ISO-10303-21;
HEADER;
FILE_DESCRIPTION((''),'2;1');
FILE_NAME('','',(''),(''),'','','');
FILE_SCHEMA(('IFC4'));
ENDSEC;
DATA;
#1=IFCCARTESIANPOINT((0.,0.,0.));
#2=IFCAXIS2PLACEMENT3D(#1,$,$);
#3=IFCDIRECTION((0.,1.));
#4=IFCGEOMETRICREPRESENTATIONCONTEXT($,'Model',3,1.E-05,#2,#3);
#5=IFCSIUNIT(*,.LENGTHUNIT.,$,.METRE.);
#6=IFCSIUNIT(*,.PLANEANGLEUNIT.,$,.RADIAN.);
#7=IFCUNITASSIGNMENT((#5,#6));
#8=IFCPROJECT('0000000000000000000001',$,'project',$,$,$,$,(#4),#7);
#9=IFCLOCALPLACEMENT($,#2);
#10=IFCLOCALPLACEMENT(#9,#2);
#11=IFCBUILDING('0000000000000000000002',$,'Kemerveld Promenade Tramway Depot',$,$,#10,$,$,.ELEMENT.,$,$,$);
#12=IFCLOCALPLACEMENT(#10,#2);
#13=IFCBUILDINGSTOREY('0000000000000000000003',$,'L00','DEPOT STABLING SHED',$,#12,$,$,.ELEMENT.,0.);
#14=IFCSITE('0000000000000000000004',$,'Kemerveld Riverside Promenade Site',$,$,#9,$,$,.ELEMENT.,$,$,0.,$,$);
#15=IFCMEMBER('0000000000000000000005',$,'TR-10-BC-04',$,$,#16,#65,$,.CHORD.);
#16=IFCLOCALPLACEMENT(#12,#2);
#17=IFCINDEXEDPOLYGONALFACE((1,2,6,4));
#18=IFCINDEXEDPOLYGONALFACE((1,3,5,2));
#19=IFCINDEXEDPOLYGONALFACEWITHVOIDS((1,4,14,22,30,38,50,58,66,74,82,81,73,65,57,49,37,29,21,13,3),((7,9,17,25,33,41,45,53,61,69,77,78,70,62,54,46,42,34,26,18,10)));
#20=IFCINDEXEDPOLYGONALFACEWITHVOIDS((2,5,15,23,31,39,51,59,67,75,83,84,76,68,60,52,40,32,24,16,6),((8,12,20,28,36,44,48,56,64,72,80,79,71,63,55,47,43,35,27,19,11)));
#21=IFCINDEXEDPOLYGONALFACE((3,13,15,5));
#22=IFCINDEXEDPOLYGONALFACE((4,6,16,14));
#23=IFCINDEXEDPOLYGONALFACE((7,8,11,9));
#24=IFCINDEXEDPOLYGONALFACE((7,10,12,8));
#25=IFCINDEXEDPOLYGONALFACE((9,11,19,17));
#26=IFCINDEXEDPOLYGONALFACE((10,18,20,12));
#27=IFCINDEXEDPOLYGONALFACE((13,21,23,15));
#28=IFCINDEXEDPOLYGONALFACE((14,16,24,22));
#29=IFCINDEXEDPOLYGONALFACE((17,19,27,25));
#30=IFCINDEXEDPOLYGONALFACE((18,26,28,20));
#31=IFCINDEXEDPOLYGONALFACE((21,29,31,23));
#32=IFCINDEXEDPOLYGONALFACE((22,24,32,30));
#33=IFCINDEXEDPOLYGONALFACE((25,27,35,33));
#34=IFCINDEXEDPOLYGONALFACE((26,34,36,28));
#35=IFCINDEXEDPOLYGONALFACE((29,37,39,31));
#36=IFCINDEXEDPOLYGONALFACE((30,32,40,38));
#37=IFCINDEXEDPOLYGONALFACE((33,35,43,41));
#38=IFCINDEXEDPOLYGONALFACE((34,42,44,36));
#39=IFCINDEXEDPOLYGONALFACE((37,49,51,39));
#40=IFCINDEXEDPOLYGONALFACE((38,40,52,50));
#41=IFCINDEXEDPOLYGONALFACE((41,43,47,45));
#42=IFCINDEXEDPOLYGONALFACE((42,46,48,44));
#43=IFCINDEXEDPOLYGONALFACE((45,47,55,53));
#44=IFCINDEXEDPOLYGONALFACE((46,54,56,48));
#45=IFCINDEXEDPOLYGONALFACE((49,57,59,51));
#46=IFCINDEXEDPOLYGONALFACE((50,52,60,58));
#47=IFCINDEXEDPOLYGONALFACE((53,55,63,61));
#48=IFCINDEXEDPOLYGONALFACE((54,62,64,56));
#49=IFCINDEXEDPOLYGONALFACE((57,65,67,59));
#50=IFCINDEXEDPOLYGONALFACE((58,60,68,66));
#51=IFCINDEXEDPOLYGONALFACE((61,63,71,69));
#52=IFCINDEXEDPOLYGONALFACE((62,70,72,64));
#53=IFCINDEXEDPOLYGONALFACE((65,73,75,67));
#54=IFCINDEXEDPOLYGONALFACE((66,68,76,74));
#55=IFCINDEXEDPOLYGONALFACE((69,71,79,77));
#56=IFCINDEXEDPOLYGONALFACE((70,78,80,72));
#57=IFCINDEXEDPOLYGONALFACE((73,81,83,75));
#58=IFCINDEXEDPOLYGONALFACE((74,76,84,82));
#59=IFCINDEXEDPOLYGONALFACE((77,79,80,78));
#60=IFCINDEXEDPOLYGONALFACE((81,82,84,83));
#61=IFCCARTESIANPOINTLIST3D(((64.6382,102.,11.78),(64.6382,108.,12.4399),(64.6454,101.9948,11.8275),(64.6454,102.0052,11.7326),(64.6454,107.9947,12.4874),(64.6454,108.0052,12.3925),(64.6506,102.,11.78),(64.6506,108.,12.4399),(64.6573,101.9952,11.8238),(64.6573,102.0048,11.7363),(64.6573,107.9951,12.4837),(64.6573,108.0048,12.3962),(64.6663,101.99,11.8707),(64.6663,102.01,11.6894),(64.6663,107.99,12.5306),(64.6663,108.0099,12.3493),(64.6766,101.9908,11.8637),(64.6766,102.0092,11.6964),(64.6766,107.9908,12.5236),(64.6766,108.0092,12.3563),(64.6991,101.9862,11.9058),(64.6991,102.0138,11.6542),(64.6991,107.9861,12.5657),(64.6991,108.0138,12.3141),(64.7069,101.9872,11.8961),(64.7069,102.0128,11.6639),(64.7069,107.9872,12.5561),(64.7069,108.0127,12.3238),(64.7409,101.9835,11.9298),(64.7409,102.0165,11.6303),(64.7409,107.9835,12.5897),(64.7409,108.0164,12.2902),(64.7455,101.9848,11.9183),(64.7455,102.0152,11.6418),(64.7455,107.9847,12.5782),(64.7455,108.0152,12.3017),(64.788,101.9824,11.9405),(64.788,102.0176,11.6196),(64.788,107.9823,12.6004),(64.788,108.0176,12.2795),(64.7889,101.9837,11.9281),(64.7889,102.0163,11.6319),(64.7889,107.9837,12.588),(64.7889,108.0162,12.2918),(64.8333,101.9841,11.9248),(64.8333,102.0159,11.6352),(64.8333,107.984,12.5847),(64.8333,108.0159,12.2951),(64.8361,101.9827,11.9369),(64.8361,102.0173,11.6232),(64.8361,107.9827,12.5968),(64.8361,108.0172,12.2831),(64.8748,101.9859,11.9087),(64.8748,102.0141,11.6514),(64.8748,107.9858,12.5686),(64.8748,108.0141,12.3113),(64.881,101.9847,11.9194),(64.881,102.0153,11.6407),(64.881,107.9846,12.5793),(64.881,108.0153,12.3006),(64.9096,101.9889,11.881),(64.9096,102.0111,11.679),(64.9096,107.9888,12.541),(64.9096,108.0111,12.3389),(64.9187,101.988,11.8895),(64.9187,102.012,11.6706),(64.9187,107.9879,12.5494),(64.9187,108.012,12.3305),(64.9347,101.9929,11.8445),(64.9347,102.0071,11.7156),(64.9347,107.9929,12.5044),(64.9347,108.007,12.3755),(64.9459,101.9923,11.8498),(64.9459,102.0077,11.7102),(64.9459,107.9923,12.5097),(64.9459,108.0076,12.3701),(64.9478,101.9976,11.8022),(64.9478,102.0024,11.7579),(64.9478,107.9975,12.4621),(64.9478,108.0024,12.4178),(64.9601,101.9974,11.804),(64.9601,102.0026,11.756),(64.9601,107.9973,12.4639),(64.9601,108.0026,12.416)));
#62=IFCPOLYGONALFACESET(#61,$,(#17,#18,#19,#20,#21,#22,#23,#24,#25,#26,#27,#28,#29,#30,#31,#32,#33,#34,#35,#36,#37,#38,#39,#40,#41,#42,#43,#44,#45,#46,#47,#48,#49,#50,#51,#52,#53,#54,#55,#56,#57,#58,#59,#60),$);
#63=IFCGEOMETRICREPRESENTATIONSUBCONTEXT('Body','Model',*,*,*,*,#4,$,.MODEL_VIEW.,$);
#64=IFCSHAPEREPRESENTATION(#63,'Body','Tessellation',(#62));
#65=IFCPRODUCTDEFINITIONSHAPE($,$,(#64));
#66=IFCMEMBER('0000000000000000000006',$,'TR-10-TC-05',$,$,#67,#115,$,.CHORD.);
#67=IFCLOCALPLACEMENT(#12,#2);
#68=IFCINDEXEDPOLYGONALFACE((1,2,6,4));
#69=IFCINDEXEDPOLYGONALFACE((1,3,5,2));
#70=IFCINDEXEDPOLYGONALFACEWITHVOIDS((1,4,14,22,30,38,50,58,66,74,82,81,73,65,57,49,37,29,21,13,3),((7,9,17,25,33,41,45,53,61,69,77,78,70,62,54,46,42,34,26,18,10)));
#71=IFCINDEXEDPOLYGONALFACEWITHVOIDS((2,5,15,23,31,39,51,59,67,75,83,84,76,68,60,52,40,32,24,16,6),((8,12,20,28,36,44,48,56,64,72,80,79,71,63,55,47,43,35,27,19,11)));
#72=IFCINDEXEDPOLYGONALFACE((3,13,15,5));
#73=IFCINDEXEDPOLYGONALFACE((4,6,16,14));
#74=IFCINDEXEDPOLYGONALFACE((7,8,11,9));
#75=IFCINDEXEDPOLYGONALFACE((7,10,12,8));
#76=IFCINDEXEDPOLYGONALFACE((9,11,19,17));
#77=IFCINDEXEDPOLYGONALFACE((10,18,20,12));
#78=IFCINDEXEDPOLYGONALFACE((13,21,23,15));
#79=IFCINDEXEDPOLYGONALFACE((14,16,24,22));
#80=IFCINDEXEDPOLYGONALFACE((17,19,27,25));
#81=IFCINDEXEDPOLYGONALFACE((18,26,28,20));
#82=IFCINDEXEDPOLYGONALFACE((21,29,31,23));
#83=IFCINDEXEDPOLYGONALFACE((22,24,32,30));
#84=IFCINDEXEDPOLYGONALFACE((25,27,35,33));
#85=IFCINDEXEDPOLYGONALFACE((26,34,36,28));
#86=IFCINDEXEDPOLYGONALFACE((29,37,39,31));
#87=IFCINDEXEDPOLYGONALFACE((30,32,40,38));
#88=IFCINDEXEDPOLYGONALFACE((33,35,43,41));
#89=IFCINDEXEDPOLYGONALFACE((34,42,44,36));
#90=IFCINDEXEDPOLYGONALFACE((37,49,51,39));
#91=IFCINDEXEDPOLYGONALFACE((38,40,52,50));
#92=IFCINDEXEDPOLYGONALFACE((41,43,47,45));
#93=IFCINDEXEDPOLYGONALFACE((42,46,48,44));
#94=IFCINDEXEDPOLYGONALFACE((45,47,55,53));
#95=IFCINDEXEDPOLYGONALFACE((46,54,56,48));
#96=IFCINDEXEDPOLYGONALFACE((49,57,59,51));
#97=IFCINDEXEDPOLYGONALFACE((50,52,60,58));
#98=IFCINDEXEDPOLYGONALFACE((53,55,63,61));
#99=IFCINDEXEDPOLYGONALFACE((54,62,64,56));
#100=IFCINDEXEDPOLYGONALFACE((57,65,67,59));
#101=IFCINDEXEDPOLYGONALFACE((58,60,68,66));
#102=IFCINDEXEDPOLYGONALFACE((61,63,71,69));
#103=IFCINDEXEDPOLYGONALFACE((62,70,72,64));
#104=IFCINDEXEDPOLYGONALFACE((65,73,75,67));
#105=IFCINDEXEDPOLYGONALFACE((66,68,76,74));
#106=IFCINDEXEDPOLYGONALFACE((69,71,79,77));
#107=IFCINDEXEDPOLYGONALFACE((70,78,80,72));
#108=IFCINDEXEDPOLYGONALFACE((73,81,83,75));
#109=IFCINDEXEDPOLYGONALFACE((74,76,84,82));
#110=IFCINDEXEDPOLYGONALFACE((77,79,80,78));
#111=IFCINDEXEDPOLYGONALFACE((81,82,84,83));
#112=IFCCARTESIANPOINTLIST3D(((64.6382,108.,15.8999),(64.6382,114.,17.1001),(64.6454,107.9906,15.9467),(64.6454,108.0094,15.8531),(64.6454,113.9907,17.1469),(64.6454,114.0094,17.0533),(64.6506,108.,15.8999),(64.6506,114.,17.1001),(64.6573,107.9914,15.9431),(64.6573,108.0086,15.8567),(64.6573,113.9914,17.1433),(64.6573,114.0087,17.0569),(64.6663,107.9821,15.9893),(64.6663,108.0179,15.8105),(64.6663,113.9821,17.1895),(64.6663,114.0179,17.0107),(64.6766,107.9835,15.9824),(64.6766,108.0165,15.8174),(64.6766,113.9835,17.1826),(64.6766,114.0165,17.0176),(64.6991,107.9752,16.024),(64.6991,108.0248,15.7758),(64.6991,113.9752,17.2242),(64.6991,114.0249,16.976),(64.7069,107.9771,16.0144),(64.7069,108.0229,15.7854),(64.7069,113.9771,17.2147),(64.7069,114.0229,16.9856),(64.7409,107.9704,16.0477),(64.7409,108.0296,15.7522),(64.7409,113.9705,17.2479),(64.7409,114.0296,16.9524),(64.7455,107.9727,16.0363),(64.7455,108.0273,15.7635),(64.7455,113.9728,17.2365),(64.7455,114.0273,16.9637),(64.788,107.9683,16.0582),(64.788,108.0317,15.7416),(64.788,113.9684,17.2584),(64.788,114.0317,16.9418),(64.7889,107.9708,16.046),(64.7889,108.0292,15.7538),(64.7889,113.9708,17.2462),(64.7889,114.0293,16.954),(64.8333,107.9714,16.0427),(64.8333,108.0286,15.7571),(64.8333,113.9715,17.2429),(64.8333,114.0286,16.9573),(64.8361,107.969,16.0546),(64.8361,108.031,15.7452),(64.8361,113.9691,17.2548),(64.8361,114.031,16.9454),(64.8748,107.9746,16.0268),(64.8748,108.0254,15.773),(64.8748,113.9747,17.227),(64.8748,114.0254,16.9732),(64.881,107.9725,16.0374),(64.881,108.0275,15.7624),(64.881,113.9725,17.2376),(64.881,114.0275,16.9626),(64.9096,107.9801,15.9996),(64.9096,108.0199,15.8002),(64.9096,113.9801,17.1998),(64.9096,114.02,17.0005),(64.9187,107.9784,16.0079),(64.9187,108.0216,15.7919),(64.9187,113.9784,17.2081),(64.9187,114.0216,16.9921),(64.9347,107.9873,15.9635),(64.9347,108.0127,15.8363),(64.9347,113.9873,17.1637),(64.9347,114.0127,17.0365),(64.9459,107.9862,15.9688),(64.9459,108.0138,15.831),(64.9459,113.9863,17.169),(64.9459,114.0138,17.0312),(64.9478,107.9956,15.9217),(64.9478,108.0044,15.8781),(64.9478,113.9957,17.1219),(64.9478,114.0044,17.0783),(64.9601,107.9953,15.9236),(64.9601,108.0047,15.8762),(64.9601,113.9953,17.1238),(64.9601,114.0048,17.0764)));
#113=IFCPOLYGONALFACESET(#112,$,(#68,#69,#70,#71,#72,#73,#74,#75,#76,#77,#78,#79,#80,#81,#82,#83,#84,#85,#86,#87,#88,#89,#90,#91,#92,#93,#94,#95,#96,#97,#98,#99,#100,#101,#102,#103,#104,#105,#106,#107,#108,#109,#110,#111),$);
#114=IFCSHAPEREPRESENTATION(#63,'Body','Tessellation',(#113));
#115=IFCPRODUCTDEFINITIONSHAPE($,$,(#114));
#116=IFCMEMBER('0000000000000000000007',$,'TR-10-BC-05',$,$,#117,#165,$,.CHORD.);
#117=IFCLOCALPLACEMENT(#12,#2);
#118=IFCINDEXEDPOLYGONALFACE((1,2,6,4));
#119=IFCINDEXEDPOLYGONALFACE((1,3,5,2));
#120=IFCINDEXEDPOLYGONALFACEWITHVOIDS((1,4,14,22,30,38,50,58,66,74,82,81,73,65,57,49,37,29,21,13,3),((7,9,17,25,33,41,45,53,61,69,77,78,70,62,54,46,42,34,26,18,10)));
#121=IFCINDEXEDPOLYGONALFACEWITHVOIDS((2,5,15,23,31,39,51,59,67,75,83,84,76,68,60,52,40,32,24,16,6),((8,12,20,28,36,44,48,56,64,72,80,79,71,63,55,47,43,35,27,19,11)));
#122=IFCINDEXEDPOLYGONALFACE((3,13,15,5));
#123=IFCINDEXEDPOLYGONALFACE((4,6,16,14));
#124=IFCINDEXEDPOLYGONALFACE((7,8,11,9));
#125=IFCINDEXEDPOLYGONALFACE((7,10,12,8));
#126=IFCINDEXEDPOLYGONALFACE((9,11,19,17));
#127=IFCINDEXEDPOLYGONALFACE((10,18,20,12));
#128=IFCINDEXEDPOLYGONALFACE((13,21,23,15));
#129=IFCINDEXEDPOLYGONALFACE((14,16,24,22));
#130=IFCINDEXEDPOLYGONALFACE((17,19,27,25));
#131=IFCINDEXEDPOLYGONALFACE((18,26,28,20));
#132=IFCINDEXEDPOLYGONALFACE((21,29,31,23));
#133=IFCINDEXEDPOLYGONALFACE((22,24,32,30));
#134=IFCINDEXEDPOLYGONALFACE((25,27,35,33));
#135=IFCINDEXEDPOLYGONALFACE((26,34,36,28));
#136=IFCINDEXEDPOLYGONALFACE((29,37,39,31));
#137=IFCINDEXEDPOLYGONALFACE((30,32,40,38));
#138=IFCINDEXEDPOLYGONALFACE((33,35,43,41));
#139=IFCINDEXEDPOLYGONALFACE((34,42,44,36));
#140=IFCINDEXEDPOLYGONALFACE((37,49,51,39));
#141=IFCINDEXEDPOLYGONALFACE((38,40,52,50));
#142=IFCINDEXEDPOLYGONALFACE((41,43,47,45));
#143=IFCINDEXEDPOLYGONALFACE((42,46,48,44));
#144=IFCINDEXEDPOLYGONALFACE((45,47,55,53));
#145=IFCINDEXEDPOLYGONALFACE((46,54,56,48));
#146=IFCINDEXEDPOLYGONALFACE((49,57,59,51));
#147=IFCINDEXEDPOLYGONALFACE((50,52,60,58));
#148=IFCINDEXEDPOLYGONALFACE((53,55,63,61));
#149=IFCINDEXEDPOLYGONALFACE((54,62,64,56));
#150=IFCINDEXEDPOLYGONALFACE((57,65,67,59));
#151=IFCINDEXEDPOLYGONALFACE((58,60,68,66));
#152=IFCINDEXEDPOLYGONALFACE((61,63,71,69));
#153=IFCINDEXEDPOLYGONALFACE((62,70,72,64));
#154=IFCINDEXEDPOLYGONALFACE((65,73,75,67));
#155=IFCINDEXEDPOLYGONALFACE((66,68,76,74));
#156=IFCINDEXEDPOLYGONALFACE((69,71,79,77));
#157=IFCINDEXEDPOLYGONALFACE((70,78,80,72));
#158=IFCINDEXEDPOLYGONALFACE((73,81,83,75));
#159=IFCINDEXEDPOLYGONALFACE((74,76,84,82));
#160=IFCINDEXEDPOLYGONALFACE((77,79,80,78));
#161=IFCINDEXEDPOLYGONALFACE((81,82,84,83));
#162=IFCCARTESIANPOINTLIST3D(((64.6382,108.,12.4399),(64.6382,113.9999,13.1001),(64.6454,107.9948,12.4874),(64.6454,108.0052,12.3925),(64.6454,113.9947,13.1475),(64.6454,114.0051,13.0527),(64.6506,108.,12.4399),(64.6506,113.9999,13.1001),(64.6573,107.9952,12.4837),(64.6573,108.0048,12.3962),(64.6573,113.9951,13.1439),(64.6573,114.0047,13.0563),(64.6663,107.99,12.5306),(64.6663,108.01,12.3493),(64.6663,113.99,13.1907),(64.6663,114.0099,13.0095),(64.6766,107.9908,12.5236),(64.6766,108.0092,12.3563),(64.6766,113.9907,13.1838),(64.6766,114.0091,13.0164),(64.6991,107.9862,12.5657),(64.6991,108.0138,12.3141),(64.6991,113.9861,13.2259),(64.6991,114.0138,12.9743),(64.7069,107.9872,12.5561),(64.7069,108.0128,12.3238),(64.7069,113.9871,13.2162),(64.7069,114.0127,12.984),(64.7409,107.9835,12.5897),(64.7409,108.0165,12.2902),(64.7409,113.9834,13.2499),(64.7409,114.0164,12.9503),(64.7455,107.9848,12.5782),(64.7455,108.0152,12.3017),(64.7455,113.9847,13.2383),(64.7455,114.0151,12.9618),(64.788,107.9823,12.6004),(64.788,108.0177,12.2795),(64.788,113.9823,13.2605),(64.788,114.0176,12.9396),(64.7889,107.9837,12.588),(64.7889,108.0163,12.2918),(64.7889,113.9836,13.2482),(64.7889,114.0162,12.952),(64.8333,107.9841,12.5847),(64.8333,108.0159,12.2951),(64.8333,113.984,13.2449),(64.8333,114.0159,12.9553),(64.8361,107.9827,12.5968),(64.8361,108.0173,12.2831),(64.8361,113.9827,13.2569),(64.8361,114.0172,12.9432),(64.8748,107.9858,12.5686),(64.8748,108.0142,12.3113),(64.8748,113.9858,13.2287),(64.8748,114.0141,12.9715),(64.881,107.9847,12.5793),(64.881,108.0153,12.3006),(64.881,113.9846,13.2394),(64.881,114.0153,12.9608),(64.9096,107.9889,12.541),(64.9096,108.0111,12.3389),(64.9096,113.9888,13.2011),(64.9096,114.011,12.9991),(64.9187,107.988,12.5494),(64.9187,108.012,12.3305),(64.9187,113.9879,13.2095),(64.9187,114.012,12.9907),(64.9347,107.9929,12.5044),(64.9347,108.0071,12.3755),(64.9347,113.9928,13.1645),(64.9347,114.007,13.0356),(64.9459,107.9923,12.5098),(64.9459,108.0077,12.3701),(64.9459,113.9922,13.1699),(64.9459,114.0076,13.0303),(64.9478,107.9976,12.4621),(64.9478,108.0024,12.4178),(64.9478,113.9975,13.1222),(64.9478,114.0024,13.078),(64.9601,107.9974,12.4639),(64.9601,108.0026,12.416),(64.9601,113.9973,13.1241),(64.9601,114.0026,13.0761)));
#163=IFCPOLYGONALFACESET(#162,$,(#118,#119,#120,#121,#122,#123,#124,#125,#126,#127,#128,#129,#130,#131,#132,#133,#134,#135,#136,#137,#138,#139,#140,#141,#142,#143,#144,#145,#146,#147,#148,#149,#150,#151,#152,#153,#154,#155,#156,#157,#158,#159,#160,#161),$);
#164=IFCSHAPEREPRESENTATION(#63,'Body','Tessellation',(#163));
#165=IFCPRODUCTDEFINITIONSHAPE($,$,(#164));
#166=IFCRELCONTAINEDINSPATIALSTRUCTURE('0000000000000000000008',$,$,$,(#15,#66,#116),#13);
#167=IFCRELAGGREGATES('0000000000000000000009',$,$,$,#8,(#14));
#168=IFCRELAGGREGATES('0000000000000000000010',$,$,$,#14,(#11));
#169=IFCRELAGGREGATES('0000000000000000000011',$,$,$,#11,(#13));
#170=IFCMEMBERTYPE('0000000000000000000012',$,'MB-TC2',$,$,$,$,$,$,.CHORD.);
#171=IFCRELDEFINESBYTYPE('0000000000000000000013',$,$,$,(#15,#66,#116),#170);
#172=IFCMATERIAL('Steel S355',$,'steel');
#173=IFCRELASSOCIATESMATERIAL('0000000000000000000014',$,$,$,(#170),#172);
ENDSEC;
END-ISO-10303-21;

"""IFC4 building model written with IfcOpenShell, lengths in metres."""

from ifc_helpers import new_model, si_unit, direction, frame, origin, origin_2d, place, context, subcontext, project, spatial, hollow_circle, extrude, material, material_profile, profile_set, type_object, element, save


model = new_model("IFC4")

# Units and contexts
model_context = context("Model", 3, precision=1e-05, world=origin(), true_north=direction((0.0, 1.0)))
body_context = subcontext(model_context, "Body", "Model", "MODEL_VIEW")
ifc_project = project(units=[si_unit("LENGTHUNIT", "METRE"), si_unit("PLANEANGLEUNIT", "RADIAN")], contexts=[model_context])

# Site, building, storey
site_placement = place(None, origin())
site = spatial("IfcSite", under=ifc_project, at=site_placement, Name="Kemerveld Riverside Promenade Site", CompositionType="ELEMENT", RefElevation=0.0)
building_placement = place(site_placement, origin())
building = spatial("IfcBuilding", under=site, at=building_placement, Name="Kemerveld Promenade Tramway Depot", CompositionType="ELEMENT")
storey_placement = place(building_placement, origin())
storey = spatial("IfcBuildingStorey", under=building, at=storey_placement, Name="L00", Description="DEPOT STABLING SHED", CompositionType="ELEMENT", Elevation=0.0)

# Members
ifc_material_1 = material(Name="Steel S355", Category="steel")
ifc_material_profile_1 = material_profile(ifc_material_1, hollow_circle(Radius=0.1619, WallThickness=0.0125, at=origin_2d()), Name="323.9x12.5 CHS")
ifc_profile_set_1 = profile_set([ifc_material_profile_1], Name="Steel S355")
member_type_1 = type_object("IfcMemberType", Name="MB-TC2", PredefinedType="CHORD", material=ifc_profile_set_1)
member_1_placement = place(storey_placement, frame((64.8, 102.0, 11.78), z_axis=(0.0, 0.994006, 0.109326), x_axis=(-1.0, 0.0, 0.0)))
element("IfcMember", 1, at=member_1_placement, inside=storey, type_object=member_type_1, Name="TR-10-BC-04", PredefinedType="CHORD", context=body_context, shape_type="SweptSolid", body=[
    extrude(hollow_circle(Radius=0.1619, WallThickness=0.0125, at=origin_2d()), origin(), (0.0, 0.0, 1.0), 6.0361),
])
member_2_placement = place(storey_placement, frame((64.8, 108.0, 15.8999), z_axis=(0.0, 0.980575, 0.196147), x_axis=(-1.0, 0.0, 0.0)))
element("IfcMember", 2, at=member_2_placement, inside=storey, type_object=member_type_1, Name="TR-10-TC-05", PredefinedType="CHORD", context=body_context, shape_type="SweptSolid", body=[
    extrude(hollow_circle(Radius=0.1619, WallThickness=0.0125, at=origin_2d()), origin(), (0.0, 0.0, 1.0), 6.1189),
])
member_3_placement = place(storey_placement, frame((64.8, 108.0, 12.4399), z_axis=(0.0, 0.994002, 0.109366), x_axis=(-1.0, 0.0, 0.0)))
element("IfcMember", 3, at=member_3_placement, inside=storey, type_object=member_type_1, Name="TR-10-BC-05", PredefinedType="CHORD", context=body_context, shape_type="SweptSolid", body=[
    extrude(hollow_circle(Radius=0.1619, WallThickness=0.0125, at=origin_2d()), origin(), (0.0, 0.0, 1.0), 6.0361),
])

save(model, "model.ifc")
